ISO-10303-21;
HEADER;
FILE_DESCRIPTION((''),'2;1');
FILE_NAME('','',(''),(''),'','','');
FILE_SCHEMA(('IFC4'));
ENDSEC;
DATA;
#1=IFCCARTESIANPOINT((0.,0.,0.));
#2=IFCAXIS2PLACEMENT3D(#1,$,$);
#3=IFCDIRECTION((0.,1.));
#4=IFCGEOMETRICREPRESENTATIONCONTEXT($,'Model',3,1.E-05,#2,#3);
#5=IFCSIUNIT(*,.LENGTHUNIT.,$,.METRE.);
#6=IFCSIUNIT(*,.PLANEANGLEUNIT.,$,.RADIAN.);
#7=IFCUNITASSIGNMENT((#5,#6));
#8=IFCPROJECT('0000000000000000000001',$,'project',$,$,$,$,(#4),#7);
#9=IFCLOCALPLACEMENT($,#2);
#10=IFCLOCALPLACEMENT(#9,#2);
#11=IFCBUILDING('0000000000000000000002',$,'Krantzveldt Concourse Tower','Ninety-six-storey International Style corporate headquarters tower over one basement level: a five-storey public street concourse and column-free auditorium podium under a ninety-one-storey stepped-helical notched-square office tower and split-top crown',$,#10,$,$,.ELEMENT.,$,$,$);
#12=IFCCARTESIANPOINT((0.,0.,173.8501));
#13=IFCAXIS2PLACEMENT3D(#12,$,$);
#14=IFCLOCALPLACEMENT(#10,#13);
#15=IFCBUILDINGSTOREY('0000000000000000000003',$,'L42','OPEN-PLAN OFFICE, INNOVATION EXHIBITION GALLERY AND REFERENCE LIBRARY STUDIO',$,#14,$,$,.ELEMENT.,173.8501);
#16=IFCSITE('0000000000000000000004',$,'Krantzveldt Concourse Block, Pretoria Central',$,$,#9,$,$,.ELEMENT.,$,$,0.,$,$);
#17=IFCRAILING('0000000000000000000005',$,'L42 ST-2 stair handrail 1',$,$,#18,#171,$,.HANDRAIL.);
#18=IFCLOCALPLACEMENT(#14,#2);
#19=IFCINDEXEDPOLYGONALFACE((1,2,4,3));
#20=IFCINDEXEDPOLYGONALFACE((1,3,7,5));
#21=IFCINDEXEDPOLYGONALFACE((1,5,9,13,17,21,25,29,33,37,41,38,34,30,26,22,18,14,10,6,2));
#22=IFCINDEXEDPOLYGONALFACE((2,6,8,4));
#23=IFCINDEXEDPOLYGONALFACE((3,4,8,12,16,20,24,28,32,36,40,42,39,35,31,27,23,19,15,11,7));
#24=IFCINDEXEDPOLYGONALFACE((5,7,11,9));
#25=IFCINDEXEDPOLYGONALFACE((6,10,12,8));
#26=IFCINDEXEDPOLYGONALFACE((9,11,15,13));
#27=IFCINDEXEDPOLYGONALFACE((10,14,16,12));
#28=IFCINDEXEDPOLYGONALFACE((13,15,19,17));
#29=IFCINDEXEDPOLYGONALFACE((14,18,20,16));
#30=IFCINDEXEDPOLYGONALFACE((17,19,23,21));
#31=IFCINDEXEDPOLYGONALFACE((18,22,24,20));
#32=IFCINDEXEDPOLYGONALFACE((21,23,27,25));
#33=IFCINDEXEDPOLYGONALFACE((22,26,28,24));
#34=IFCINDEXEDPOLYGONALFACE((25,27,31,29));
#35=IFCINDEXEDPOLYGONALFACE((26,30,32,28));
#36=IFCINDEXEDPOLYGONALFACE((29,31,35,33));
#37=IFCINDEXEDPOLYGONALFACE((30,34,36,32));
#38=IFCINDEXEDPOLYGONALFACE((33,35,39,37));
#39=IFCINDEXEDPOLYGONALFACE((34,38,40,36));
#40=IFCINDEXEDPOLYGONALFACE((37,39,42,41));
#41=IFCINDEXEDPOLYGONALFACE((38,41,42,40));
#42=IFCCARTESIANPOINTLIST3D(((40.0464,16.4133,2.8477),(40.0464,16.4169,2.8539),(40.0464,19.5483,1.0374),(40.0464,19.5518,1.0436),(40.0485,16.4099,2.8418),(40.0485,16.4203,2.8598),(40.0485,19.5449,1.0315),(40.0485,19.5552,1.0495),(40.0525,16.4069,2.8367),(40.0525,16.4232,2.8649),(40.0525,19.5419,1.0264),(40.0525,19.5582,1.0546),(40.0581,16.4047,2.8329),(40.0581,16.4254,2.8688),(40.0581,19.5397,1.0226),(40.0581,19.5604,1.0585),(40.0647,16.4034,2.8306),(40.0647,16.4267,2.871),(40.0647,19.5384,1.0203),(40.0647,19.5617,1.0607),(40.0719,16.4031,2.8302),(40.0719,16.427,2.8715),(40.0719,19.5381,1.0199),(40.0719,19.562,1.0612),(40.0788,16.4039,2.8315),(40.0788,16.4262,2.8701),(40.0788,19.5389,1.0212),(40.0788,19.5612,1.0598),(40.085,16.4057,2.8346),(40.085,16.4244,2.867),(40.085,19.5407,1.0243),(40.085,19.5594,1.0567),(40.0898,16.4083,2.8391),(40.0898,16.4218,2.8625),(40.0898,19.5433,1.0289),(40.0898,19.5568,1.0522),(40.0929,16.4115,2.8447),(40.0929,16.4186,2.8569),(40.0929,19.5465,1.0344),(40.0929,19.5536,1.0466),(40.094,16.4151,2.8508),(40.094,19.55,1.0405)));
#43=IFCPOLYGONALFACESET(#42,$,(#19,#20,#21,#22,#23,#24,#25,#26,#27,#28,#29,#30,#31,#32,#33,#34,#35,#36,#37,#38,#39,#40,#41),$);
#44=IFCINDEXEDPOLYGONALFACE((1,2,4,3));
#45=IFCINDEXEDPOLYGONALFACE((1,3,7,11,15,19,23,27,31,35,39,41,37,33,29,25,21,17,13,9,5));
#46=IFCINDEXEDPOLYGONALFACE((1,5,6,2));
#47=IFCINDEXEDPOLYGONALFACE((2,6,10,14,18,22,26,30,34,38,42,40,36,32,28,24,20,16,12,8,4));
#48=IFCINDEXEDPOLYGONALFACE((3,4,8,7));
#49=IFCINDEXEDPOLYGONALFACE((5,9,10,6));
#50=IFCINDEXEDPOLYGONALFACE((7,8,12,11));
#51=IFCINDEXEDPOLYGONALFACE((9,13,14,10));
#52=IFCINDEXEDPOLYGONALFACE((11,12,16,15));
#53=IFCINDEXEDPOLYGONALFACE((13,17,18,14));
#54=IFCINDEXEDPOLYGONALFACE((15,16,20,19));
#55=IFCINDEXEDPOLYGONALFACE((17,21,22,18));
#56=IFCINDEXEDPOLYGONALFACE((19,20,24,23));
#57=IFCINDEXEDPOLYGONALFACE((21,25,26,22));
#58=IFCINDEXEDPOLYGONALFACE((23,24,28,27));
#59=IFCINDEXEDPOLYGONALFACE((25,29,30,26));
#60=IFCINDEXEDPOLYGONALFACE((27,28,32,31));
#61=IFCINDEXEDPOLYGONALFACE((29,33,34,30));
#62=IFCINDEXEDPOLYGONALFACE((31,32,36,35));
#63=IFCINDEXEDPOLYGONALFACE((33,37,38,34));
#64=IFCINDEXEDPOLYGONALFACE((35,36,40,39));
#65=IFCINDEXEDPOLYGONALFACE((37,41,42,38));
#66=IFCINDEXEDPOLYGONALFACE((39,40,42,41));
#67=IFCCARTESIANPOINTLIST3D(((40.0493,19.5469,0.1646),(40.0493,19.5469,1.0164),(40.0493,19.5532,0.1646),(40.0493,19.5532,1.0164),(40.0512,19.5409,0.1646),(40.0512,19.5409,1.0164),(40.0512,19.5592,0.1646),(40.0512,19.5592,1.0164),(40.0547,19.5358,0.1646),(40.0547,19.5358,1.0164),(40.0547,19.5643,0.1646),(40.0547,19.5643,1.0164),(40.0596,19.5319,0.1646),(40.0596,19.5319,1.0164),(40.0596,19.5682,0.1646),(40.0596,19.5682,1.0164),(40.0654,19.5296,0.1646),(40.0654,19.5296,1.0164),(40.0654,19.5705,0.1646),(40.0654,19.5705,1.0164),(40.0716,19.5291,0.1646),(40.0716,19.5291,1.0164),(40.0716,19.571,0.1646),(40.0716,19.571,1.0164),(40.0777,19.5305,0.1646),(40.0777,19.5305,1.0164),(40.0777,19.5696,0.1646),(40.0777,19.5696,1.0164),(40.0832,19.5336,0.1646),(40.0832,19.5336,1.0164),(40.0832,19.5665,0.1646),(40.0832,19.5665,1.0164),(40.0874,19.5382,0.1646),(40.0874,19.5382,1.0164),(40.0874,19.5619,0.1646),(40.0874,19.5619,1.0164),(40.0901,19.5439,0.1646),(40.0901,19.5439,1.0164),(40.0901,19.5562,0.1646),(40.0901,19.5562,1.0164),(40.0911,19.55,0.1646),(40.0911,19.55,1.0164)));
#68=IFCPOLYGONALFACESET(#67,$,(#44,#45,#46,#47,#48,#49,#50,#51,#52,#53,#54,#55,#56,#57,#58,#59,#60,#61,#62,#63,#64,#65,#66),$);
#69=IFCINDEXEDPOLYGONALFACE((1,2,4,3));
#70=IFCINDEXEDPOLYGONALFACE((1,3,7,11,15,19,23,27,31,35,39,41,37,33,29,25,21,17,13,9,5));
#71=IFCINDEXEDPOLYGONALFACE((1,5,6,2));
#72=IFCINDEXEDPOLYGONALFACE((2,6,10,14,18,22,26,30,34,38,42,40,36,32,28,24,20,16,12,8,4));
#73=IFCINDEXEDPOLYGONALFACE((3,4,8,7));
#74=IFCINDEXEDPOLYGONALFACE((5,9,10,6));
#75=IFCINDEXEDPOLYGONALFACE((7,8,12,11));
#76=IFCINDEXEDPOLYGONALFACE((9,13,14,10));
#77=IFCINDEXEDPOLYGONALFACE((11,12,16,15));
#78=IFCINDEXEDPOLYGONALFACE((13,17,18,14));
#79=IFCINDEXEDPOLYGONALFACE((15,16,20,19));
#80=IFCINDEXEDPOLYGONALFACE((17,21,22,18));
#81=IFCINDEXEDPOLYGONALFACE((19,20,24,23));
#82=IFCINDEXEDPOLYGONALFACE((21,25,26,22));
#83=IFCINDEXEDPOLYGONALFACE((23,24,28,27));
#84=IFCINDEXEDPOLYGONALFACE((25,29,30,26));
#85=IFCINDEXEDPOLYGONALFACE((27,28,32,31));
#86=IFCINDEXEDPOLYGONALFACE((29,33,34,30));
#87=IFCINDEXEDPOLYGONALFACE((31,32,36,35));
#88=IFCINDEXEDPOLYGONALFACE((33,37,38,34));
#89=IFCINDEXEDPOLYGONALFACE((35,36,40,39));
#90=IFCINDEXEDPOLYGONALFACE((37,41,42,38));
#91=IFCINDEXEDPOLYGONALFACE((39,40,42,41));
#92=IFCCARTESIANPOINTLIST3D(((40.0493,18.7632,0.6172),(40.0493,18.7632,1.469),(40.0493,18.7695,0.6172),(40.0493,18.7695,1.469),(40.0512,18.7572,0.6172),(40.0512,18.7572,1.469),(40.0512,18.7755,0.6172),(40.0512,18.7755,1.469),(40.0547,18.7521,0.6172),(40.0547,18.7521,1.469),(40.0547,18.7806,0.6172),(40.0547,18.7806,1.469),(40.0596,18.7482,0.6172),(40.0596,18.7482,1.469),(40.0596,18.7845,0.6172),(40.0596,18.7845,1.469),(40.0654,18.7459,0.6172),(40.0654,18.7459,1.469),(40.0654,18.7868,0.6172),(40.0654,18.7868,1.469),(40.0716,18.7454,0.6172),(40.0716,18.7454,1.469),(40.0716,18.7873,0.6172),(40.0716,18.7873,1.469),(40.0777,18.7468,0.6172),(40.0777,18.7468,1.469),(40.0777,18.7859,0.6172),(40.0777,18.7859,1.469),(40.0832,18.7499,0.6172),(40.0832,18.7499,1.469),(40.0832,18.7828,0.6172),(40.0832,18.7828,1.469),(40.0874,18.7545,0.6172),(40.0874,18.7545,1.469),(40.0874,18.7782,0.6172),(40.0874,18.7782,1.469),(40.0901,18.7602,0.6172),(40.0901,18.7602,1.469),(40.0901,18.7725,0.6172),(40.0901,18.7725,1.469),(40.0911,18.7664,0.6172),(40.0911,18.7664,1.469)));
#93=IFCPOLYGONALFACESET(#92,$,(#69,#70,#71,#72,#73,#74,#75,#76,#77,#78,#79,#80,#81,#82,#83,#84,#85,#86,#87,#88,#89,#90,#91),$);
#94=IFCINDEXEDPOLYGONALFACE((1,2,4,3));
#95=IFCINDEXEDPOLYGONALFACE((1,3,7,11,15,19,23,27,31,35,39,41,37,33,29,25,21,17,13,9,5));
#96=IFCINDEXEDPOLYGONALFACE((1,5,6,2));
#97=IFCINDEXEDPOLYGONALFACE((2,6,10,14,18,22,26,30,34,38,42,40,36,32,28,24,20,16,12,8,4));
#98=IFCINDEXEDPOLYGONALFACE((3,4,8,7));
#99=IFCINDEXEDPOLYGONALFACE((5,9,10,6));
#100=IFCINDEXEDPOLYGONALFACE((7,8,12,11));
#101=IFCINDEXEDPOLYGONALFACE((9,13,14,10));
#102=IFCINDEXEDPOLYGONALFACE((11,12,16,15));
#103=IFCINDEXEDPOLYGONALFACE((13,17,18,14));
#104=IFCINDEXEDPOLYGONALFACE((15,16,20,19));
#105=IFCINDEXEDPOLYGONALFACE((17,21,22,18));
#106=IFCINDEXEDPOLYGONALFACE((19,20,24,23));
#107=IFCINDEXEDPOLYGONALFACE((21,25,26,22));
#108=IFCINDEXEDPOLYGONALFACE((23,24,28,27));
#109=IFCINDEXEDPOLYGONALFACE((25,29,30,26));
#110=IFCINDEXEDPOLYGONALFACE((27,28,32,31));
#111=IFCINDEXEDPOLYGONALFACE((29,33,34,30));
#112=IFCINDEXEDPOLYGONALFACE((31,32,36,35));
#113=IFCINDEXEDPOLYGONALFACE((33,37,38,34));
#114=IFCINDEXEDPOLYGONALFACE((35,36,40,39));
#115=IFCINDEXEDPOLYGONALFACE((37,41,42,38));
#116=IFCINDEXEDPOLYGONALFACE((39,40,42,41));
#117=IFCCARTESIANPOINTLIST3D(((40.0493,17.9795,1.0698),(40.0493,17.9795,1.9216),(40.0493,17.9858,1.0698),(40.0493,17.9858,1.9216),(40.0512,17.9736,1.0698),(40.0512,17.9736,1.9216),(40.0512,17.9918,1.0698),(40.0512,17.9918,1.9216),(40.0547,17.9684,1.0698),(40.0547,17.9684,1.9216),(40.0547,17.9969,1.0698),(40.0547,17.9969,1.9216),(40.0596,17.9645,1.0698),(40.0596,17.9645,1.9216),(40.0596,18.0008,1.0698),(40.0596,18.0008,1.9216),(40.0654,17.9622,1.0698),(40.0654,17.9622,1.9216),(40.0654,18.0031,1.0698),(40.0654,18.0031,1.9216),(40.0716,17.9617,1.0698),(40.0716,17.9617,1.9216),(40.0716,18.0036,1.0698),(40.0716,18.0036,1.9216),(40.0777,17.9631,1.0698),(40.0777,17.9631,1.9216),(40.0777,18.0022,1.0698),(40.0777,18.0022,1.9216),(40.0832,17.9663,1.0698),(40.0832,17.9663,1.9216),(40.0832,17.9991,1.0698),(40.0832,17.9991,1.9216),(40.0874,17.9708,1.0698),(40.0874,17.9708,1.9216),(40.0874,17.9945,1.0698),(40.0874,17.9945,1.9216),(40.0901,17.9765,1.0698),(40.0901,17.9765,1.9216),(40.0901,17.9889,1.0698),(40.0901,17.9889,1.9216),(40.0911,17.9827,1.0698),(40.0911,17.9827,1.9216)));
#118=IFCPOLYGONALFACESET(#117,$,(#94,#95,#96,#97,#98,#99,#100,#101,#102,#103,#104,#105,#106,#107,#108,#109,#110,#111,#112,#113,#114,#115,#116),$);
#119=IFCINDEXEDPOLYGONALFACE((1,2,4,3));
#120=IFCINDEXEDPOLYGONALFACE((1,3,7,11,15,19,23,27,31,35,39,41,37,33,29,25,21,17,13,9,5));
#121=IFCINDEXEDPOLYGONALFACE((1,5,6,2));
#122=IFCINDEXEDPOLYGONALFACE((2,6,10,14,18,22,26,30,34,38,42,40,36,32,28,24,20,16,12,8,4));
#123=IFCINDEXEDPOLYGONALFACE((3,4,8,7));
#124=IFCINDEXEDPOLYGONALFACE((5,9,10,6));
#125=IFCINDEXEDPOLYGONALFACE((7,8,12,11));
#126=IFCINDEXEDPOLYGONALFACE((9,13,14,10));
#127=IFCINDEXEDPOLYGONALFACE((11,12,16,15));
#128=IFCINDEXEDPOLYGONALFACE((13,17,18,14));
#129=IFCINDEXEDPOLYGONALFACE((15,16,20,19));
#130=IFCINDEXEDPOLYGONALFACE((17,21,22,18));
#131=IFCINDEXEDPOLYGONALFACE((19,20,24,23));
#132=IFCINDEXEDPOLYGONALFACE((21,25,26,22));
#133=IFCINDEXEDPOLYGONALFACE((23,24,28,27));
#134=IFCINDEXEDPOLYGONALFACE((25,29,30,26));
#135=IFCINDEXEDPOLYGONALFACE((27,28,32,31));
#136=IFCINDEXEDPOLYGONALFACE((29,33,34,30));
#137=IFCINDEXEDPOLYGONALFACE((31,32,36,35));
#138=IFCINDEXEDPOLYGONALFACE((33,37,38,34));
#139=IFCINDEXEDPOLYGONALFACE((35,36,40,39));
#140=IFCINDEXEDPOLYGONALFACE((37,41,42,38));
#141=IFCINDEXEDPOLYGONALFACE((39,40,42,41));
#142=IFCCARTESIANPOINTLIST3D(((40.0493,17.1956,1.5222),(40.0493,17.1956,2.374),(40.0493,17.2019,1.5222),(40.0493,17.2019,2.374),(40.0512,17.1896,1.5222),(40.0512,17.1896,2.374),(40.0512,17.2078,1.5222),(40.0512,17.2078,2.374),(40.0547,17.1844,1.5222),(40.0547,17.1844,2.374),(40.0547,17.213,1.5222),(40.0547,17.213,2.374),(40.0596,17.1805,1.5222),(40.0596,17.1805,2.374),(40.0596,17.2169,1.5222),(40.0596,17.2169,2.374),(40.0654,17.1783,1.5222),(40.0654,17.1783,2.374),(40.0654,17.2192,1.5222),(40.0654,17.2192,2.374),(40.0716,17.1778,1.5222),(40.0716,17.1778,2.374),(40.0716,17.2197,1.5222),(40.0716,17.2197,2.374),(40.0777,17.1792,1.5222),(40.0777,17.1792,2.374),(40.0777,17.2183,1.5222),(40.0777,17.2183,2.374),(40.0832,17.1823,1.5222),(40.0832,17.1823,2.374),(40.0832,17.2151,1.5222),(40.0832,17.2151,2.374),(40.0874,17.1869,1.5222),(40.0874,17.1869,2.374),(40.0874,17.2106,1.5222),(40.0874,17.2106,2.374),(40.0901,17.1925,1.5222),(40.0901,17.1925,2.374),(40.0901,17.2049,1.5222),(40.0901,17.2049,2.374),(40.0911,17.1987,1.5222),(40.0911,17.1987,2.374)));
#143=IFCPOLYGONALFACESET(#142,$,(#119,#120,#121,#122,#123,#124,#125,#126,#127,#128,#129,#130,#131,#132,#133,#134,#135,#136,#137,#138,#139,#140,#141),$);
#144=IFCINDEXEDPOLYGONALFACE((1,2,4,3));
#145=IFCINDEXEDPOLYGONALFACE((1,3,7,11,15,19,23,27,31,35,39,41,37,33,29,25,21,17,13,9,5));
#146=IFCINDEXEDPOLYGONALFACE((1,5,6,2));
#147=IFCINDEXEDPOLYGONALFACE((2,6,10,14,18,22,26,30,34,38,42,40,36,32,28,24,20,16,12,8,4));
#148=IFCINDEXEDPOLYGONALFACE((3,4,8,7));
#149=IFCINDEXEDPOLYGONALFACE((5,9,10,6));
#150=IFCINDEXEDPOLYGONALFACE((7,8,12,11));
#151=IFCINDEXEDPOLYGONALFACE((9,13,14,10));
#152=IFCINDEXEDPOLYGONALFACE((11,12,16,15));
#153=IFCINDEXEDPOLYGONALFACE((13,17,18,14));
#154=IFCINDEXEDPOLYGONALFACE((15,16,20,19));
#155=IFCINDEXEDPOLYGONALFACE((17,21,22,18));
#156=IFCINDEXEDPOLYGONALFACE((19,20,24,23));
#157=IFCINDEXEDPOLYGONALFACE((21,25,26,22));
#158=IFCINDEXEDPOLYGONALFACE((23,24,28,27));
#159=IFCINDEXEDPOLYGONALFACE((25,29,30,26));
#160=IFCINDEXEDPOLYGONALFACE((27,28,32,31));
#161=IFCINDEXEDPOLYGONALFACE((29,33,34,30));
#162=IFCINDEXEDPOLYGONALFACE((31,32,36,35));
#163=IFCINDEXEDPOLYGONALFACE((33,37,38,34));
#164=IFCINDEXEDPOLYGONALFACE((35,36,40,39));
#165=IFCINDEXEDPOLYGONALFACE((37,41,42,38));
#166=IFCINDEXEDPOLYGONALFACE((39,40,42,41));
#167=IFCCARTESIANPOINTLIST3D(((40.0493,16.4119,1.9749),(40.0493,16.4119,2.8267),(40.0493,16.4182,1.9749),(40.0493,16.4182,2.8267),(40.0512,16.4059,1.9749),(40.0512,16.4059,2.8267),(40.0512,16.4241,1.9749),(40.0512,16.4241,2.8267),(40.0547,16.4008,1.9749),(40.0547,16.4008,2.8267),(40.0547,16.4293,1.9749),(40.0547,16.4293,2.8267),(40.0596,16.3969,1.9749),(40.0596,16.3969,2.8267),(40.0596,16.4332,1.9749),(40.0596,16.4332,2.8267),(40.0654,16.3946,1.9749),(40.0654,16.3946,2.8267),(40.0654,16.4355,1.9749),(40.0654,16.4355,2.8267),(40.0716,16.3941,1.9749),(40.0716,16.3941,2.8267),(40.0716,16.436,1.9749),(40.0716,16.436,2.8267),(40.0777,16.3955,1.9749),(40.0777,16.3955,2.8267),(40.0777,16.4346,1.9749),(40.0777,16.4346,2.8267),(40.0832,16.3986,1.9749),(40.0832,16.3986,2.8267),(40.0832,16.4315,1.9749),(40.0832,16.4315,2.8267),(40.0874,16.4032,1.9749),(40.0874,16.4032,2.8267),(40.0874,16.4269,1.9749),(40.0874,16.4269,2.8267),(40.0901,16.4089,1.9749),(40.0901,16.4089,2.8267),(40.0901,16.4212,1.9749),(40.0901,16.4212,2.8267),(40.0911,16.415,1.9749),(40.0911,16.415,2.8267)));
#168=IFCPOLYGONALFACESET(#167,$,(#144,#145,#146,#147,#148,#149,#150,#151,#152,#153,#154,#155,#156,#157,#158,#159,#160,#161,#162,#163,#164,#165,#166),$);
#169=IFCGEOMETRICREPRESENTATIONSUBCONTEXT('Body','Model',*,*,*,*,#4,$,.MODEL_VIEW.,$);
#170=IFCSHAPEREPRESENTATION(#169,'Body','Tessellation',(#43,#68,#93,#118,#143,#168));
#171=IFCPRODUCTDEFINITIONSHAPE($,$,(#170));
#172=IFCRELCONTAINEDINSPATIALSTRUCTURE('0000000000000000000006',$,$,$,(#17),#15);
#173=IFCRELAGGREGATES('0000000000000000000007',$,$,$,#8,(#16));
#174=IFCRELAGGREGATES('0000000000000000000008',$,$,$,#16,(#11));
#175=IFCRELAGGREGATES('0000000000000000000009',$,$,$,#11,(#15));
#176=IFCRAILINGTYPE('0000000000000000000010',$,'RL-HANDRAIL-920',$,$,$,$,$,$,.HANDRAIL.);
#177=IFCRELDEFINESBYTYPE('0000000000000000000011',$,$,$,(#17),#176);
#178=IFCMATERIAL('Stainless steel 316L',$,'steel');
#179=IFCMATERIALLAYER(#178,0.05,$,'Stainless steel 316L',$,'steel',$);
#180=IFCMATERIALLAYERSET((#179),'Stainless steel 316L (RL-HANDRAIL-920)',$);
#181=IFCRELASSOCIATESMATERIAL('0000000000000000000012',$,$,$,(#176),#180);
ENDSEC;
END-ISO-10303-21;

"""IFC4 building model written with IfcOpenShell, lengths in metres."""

from ifc_helpers import new_model, si_unit, direction, frame, origin, origin_2d, place, context, subcontext, project, spatial, circle, extrude, material, layer, layer_set, type_object, element, save


model = new_model("IFC4")

# Units and contexts
model_context = context("Model", 3, precision=1e-05, world=origin(), true_north=direction((0.0, 1.0)))
body_context = subcontext(model_context, "Body", "Model", "MODEL_VIEW")
ifc_project = project(units=[si_unit("LENGTHUNIT", "METRE"), si_unit("PLANEANGLEUNIT", "RADIAN")], contexts=[model_context])

# Site, building, storey
site_placement = place(None, origin())
site = spatial("IfcSite", under=ifc_project, at=site_placement, Name="Krantzveldt Concourse Block, Pretoria Central", CompositionType="ELEMENT", RefElevation=0.0)
building_placement = place(site_placement, origin())
building = spatial("IfcBuilding", under=site, at=building_placement, Name="Krantzveldt Concourse Tower", Description="Ninety-six-storey International Style corporate headquarters tower over one basement level: a five-storey public street concourse and column-free auditorium podium under a ninety-one-storey stepped-helical notched-square office tower and split-top crown", CompositionType="ELEMENT")
storey_placement = place(building_placement, frame((0.0, 0.0, 173.8501)))
storey = spatial("IfcBuildingStorey", under=building, at=storey_placement, Name="L42", Description="OPEN-PLAN OFFICE, INNOVATION EXHIBITION GALLERY AND REFERENCE LIBRARY STUDIO", CompositionType="ELEMENT", Elevation=173.8501)

# Shared definitions
ifc_material_1 = material(Name="Stainless steel 316L", Category="steel")

# Railing
ifc_layer_1 = layer(ifc_material_1, 0.05, Name="Stainless steel 316L", Category="steel")
ifc_layer_set_1 = layer_set([ifc_layer_1], Name="Stainless steel 316L (RL-HANDRAIL-920)")
railing_type_1 = type_object("IfcRailingType", Name="RL-HANDRAIL-920", PredefinedType="HANDRAIL", material=ifc_layer_set_1)
railing_1_placement = place(storey_placement, frame((40.0701, 19.55, 0.1646)))
element("IfcRailing", 1, at=railing_1_placement, inside=storey, type_object=railing_type_1, Name="L42 ST-2 stair handrail 1", PredefinedType="HANDRAIL", context=body_context, shape_type="SweptSolid", body=[
    extrude(circle(Radius=0.0239, at=origin_2d()), frame((0.0, 0.0, 0.876), z_axis=(0.0, -0.865989, 0.500063), x_axis=(1.0, 0.0, 0.0)), (0.0, 0.0, 1.0), 3.6201),
    extrude(circle(Radius=0.021, at=origin_2d()), origin(), (0.0, 0.0, 1.0), 0.8518),
    extrude(circle(Radius=0.021, at=origin_2d()), frame((0.0, -0.7837, 0.4526)), (0.0, 0.0, 1.0), 0.8518),
    extrude(circle(Radius=0.021, at=origin_2d()), frame((0.0, -1.5674, 0.9053)), (0.0, 0.0, 1.0), 0.8518),
    extrude(circle(Radius=0.021, at=origin_2d()), frame((0.0, -2.3513, 1.3577)), (0.0, 0.0, 1.0), 0.8518),
    extrude(circle(Radius=0.021, at=origin_2d()), frame((0.0, -3.135, 1.8103)), (0.0, 0.0, 1.0), 0.8518),
])

save(model, "model.ifc")
